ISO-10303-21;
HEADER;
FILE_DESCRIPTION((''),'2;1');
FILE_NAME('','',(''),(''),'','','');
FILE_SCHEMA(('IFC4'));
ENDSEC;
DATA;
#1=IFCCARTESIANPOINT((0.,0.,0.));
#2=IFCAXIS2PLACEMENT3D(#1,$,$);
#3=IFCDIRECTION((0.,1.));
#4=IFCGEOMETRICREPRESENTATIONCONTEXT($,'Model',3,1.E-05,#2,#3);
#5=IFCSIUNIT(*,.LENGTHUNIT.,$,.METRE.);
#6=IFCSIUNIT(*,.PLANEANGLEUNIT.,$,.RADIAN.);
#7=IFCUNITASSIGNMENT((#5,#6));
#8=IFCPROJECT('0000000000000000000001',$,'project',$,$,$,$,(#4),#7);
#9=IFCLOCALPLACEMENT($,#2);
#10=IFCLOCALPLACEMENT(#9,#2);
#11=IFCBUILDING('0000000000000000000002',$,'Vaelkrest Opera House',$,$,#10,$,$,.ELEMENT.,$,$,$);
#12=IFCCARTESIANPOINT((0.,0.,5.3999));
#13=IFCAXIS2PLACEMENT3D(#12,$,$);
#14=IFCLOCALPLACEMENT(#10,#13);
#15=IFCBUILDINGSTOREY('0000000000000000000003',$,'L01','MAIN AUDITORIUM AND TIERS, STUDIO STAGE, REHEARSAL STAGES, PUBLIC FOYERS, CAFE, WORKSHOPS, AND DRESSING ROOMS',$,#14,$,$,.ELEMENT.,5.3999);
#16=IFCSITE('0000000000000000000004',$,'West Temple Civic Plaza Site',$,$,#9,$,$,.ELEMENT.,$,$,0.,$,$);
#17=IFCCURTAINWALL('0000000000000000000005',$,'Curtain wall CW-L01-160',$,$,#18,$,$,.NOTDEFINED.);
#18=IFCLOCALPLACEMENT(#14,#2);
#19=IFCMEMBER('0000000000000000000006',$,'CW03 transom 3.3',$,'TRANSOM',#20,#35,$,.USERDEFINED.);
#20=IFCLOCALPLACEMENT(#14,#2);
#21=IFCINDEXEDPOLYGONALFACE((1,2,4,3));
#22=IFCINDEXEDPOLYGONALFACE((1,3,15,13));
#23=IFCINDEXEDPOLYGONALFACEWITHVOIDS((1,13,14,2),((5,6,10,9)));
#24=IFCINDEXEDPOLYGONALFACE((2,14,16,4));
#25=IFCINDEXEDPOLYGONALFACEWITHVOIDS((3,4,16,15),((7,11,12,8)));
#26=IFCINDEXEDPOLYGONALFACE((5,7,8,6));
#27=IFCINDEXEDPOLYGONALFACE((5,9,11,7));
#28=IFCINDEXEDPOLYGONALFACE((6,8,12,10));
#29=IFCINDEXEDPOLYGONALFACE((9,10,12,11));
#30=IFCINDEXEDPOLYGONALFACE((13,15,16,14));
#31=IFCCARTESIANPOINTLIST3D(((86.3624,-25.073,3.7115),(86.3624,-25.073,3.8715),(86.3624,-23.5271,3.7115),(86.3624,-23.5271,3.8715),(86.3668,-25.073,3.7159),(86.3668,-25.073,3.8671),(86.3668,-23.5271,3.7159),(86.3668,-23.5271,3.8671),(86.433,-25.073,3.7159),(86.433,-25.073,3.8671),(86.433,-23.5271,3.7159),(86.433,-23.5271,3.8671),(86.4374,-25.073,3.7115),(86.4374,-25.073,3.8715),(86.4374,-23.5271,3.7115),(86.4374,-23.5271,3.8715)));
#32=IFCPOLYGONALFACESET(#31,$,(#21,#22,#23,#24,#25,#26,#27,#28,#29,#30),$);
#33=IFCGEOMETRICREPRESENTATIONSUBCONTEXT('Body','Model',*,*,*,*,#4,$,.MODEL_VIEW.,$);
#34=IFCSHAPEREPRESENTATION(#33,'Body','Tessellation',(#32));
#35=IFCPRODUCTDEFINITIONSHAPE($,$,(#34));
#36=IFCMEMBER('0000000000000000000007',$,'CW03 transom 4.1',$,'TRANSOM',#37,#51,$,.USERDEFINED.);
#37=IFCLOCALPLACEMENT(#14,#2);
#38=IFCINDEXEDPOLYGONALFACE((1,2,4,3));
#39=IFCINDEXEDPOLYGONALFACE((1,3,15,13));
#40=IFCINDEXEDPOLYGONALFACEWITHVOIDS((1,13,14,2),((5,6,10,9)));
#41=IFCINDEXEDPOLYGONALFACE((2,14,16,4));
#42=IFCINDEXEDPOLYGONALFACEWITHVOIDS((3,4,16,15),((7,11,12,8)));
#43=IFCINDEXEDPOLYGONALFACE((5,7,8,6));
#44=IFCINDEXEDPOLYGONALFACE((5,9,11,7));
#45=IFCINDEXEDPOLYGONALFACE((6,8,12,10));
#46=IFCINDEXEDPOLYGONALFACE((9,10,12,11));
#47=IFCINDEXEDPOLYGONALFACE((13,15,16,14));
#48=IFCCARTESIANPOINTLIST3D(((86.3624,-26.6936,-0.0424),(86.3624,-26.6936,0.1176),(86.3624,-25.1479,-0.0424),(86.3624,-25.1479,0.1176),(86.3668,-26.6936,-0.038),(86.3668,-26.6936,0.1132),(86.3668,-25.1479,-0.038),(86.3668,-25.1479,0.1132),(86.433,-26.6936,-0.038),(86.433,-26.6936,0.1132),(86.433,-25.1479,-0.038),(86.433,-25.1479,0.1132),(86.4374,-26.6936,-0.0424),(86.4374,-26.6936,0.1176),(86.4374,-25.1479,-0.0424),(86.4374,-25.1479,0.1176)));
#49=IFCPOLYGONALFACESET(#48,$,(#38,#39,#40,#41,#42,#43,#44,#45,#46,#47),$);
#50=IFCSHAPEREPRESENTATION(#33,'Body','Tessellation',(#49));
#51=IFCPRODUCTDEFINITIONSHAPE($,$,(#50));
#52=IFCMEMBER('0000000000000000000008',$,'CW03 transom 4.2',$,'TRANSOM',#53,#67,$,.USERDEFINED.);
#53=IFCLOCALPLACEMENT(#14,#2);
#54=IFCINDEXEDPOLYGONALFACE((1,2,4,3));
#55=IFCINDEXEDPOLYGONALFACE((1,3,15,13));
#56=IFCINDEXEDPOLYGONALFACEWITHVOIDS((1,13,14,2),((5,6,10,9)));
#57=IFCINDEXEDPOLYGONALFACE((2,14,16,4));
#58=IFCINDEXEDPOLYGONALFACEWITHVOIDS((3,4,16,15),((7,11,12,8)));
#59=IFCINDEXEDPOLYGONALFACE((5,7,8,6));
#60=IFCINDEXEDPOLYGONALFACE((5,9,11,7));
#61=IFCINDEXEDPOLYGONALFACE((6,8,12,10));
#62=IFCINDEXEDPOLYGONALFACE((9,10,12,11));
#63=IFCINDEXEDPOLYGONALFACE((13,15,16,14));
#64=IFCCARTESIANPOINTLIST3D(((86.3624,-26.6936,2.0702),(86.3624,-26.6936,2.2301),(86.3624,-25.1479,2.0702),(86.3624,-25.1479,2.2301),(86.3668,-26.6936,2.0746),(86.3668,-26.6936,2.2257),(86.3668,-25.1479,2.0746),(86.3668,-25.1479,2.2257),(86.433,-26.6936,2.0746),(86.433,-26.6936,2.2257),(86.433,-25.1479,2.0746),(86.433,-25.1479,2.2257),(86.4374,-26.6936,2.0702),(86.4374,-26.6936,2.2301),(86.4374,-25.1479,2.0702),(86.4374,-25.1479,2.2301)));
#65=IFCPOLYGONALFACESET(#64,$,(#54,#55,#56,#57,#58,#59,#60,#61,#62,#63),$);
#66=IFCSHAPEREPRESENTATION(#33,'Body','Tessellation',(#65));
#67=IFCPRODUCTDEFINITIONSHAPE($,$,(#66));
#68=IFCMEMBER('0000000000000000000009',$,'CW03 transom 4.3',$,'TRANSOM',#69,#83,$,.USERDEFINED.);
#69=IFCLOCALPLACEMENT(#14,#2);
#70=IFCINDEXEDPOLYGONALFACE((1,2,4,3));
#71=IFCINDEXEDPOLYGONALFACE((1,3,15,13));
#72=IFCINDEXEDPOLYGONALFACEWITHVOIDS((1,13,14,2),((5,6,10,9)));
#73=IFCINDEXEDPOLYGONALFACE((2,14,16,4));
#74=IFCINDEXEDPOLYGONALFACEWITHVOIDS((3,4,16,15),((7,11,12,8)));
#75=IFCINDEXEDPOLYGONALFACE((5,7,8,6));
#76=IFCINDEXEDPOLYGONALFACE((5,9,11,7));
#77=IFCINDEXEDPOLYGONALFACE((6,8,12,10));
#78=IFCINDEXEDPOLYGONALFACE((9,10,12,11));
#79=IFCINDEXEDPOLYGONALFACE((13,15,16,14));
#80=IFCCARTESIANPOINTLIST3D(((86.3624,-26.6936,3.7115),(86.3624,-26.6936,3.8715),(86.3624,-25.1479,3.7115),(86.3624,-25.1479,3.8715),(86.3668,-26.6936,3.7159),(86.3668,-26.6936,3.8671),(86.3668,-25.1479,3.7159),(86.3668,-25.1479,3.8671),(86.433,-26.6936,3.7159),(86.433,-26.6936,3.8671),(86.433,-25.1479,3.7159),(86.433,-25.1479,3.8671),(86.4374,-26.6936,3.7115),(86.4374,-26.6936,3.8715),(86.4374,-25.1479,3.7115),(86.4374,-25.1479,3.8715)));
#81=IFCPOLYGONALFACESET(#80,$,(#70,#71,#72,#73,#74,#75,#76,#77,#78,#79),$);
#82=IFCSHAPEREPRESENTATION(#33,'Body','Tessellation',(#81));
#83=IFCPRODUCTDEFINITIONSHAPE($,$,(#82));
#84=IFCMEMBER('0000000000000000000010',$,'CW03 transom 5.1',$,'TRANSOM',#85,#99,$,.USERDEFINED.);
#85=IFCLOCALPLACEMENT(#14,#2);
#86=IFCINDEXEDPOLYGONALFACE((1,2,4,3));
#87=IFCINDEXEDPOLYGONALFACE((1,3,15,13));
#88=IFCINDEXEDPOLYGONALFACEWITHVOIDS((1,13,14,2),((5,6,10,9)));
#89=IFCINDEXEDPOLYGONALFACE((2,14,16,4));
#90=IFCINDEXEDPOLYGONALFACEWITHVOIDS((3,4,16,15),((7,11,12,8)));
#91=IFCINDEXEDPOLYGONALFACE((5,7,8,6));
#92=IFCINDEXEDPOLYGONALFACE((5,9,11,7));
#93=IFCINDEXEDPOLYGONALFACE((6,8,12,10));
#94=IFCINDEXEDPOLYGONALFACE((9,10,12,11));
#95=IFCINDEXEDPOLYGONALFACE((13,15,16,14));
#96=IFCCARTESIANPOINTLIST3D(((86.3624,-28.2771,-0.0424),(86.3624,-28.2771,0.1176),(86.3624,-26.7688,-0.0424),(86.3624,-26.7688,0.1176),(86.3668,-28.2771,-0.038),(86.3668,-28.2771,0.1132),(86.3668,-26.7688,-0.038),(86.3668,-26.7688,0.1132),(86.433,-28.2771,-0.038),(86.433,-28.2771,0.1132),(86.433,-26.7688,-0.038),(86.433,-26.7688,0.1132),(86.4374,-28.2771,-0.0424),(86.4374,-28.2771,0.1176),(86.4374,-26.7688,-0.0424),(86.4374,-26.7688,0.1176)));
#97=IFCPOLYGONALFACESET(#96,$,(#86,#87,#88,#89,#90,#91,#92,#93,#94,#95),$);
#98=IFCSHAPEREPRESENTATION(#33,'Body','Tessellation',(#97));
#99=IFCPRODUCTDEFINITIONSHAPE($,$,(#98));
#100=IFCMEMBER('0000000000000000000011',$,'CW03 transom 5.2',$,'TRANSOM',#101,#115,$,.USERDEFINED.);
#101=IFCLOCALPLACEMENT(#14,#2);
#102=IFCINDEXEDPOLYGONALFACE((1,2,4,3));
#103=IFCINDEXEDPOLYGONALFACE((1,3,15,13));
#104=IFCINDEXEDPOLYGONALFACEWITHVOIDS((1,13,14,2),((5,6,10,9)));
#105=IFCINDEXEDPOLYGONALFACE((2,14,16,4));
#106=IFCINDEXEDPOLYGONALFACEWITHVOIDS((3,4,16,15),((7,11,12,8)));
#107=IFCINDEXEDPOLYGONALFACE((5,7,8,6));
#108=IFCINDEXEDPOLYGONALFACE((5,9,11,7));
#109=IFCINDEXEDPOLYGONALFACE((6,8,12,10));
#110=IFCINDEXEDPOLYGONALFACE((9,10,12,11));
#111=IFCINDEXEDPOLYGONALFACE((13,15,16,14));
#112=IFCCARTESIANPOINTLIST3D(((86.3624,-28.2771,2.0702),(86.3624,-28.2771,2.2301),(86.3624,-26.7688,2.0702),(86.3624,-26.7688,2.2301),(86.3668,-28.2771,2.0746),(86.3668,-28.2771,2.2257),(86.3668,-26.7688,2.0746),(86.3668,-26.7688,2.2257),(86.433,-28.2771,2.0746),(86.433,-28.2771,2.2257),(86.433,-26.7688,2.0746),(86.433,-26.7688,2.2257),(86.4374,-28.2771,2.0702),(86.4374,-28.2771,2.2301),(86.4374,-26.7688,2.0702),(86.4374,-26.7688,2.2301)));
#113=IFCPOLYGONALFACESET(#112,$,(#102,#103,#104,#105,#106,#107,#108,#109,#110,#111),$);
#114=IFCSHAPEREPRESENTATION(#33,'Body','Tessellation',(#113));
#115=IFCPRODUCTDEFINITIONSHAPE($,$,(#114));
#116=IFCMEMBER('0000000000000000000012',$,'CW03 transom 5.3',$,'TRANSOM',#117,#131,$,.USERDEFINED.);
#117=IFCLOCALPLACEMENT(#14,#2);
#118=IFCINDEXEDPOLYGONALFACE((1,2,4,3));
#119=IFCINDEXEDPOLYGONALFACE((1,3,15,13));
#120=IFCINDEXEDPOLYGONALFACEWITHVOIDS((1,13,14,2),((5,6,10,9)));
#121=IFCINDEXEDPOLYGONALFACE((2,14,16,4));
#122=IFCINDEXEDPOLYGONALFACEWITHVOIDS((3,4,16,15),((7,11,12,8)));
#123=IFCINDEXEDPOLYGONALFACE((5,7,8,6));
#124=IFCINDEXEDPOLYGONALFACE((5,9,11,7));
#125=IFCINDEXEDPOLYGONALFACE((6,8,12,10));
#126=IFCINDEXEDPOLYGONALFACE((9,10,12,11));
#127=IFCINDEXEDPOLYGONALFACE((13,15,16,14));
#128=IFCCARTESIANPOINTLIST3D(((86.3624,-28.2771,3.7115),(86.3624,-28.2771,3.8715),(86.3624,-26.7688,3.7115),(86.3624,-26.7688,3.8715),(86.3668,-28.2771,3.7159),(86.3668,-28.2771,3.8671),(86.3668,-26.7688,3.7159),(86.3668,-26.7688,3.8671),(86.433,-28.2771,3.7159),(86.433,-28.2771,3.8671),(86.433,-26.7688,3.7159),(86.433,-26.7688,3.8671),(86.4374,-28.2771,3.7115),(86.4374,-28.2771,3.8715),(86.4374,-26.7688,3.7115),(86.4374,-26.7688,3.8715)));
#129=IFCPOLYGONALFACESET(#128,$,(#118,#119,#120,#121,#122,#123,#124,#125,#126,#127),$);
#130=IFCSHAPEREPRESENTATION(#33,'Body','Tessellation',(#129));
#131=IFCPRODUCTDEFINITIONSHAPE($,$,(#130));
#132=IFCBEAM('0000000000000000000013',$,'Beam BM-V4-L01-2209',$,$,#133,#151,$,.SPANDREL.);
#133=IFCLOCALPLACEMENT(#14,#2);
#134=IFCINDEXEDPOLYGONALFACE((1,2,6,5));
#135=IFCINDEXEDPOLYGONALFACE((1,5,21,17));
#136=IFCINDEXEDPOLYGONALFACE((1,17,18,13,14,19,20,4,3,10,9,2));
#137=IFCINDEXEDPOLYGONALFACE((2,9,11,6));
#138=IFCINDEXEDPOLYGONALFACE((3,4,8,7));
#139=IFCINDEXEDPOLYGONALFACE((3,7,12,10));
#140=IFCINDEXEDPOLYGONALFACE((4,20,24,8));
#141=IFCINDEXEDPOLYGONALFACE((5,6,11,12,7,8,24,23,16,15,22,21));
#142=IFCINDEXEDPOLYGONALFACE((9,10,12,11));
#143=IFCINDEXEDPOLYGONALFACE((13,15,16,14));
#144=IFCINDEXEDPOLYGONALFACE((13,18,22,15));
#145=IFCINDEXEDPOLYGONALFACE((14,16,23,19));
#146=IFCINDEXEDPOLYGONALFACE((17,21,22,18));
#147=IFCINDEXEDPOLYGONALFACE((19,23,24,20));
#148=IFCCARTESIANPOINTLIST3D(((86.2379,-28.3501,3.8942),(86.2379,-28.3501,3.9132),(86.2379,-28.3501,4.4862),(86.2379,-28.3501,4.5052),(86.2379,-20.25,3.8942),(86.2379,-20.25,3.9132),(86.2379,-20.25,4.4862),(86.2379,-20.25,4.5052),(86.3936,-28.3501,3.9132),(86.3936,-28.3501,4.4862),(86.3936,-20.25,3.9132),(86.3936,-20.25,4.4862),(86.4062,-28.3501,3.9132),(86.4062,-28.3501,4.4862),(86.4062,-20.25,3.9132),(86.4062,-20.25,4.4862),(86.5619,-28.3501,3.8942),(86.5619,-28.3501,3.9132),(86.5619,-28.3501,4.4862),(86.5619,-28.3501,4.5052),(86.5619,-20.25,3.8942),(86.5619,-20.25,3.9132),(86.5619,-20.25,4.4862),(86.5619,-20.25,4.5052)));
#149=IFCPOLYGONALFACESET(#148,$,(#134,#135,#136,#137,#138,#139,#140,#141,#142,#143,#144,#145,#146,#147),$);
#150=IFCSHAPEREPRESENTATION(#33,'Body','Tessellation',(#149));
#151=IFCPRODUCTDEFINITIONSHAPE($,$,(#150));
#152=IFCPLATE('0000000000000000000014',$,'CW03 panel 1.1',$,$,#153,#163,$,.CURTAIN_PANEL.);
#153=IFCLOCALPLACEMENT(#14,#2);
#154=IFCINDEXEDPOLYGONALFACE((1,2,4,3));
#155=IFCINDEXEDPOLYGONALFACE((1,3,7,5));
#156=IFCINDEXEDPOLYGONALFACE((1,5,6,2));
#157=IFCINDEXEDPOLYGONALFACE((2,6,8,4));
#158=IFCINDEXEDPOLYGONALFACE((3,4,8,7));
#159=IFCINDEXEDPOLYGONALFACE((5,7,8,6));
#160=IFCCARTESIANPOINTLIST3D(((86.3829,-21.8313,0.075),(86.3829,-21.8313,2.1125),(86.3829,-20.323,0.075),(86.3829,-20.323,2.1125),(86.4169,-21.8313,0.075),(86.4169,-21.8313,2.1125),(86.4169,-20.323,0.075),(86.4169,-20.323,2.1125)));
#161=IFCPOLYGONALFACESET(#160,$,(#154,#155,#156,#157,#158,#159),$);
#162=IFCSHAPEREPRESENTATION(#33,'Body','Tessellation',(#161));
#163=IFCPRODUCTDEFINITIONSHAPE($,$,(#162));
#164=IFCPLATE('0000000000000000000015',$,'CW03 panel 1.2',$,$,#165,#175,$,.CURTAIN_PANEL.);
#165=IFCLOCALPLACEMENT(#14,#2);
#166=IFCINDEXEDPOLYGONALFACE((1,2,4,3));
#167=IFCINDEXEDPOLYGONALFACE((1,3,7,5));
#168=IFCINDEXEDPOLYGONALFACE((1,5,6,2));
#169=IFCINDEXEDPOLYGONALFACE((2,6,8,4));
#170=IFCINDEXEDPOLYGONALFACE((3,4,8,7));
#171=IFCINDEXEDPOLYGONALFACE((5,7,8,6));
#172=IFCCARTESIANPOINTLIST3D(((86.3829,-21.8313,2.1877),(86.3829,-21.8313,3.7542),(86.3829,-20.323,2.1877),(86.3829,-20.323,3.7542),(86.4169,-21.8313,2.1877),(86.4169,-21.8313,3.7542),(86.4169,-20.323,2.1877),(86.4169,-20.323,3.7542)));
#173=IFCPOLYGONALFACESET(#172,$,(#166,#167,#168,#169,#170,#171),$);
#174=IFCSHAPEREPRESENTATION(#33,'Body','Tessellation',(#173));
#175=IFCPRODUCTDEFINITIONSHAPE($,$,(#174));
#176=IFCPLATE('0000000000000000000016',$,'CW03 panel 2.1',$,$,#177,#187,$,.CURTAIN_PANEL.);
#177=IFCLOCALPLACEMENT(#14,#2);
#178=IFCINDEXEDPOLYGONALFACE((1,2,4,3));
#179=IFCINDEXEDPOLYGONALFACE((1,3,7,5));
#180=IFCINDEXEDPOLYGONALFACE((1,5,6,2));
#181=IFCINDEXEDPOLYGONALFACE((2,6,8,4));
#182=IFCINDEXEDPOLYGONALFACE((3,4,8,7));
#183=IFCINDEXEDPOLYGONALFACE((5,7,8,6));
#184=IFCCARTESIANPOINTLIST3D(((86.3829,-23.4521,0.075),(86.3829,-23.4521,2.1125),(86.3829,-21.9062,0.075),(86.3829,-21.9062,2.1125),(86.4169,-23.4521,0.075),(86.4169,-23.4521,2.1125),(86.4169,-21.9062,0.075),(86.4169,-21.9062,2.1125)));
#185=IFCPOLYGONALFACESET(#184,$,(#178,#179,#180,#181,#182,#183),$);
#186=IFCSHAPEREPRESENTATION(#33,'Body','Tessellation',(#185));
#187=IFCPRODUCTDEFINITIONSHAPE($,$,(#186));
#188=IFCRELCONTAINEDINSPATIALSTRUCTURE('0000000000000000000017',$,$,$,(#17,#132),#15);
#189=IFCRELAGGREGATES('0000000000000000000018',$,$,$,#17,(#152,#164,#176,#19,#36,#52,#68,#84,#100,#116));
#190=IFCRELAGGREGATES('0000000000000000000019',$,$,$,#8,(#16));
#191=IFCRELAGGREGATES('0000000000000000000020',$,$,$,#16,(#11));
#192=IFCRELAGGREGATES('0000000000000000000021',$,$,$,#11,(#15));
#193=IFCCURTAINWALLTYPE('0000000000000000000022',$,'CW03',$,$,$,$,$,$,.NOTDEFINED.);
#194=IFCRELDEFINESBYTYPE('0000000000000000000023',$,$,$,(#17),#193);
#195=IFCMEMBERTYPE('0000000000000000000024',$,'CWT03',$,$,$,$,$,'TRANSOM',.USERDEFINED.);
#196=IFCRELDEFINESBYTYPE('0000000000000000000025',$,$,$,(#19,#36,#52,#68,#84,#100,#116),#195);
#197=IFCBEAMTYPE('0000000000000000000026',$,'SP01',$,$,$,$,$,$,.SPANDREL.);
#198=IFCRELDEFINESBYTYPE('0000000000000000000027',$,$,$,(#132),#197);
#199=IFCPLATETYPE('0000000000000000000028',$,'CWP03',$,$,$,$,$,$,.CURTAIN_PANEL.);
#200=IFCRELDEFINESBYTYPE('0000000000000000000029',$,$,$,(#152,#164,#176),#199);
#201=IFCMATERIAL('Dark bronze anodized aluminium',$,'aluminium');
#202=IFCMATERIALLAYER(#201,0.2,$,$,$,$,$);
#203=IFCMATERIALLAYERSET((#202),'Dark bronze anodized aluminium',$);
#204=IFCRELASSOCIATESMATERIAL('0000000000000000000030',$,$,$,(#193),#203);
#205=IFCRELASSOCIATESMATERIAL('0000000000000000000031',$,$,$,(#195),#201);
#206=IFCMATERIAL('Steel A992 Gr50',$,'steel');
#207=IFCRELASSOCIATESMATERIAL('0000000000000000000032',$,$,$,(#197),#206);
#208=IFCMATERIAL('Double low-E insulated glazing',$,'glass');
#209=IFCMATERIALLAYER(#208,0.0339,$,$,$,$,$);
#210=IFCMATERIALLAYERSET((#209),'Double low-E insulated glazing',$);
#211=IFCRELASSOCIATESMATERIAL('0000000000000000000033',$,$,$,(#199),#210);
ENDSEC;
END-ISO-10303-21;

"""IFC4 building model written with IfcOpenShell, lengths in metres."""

from ifc_helpers import new_model, si_unit, direction, frame, origin, origin_2d, place, context, subcontext, project, spatial, rectangle, hollow_rectangle, i_section, extrude, material, layer, layer_set, material_profile, profile_set, type_object, element, aggregate, save


model = new_model("IFC4")

# Units and contexts
model_context = context("Model", 3, precision=1e-05, world=origin(), true_north=direction((0.0, 1.0)))
body_context = subcontext(model_context, "Body", "Model", "MODEL_VIEW")
ifc_project = project(units=[si_unit("LENGTHUNIT", "METRE"), si_unit("PLANEANGLEUNIT", "RADIAN")], contexts=[model_context])

# Site, building, storey
site_placement = place(None, origin())
site = spatial("IfcSite", under=ifc_project, at=site_placement, Name="West Temple Civic Plaza Site", CompositionType="ELEMENT", RefElevation=0.0)
building_placement = place(site_placement, origin())
building = spatial("IfcBuilding", under=site, at=building_placement, Name="Vaelkrest Opera House", CompositionType="ELEMENT")
storey_placement = place(building_placement, frame((0.0, 0.0, 5.3999)))
storey = spatial("IfcBuildingStorey", under=building, at=storey_placement, Name="L01", Description="MAIN AUDITORIUM AND TIERS, STUDIO STAGE, REHEARSAL STAGES, PUBLIC FOYERS, CAFE, WORKSHOPS, AND DRESSING ROOMS", CompositionType="ELEMENT", Elevation=5.3999)

# Curtain wall, members
ifc_material_1 = material(Name="Dark bronze anodized aluminium", Category="aluminium")
ifc_layer_1 = layer(ifc_material_1, 0.2)
ifc_layer_set_1 = layer_set([ifc_layer_1], Name="Dark bronze anodized aluminium")
curtain_wall_type = type_object("IfcCurtainWallType", Name="CW03", PredefinedType="NOTDEFINED", material=ifc_layer_set_1)
curtain_wall_placement = place(storey_placement, origin())
curtain_wall = element("IfcCurtainWall", 1, at=curtain_wall_placement, inside=storey, type_object=curtain_wall_type, Name="Curtain wall CW-L01-160", PredefinedType="NOTDEFINED")
ifc_material_profile_1 = material_profile(ifc_material_1, hollow_rectangle(XDim=0.075, YDim=0.1599, WallThickness=0.0044, at=origin_2d()), Name="CWT75X160")
ifc_profile_set_1 = profile_set([ifc_material_profile_1], Name="Dark bronze anodized aluminium")
member_type_1 = type_object("IfcMemberType", Name="CWT03", ElementType="TRANSOM", PredefinedType="USERDEFINED", material=ifc_profile_set_1)
member_1_placement = place(storey_placement, frame((86.3999, -23.5271, 3.7915), z_axis=(0.0, -1.0, 0.0), x_axis=(1.0, 0.0, 0.0)))
member_1 = element("IfcMember", 2, at=member_1_placement, type_object=member_type_1, Name="CW03 transom 3.3", ObjectType="TRANSOM", PredefinedType="USERDEFINED", context=body_context, shape_type="SweptSolid", body=[
    extrude(hollow_rectangle(XDim=0.075, YDim=0.1599, WallThickness=0.0044, at=origin_2d()), origin(), (0.0, 0.0, 1.0), 1.5459),
])
member_2_placement = place(storey_placement, frame((86.3999, -25.1479, 0.0376), z_axis=(0.0, -1.0, 0.0), x_axis=(1.0, 0.0, 0.0)))
member_2 = element("IfcMember", 3, at=member_2_placement, type_object=member_type_1, Name="CW03 transom 4.1", ObjectType="TRANSOM", PredefinedType="USERDEFINED", context=body_context, shape_type="SweptSolid", body=[
    extrude(hollow_rectangle(XDim=0.075, YDim=0.1599, WallThickness=0.0044, at=origin_2d()), origin(), (0.0, 0.0, 1.0), 1.5457),
])
member_3_placement = place(storey_placement, frame((86.3999, -25.1479, 2.1501), z_axis=(0.0, -1.0, 0.0), x_axis=(1.0, 0.0, 0.0)))
member_3 = element("IfcMember", 4, at=member_3_placement, type_object=member_type_1, Name="CW03 transom 4.2", ObjectType="TRANSOM", PredefinedType="USERDEFINED", context=body_context, shape_type="SweptSolid", body=[
    extrude(hollow_rectangle(XDim=0.075, YDim=0.1599, WallThickness=0.0044, at=origin_2d()), origin(), (0.0, 0.0, 1.0), 1.5457),
])
member_4_placement = place(storey_placement, frame((86.3999, -25.1479, 3.7915), z_axis=(0.0, -1.0, 0.0), x_axis=(1.0, 0.0, 0.0)))
member_4 = element("IfcMember", 5, at=member_4_placement, type_object=member_type_1, Name="CW03 transom 4.3", ObjectType="TRANSOM", PredefinedType="USERDEFINED", context=body_context, shape_type="SweptSolid", body=[
    extrude(hollow_rectangle(XDim=0.075, YDim=0.1599, WallThickness=0.0044, at=origin_2d()), origin(), (0.0, 0.0, 1.0), 1.5457),
])
member_5_placement = place(storey_placement, frame((86.3999, -26.7688, 0.0376), z_axis=(0.0, -1.0, 0.0), x_axis=(1.0, 0.0, 0.0)))
member_5 = element("IfcMember", 6, at=member_5_placement, type_object=member_type_1, Name="CW03 transom 5.1", ObjectType="TRANSOM", PredefinedType="USERDEFINED", context=body_context, shape_type="SweptSolid", body=[
    extrude(hollow_rectangle(XDim=0.075, YDim=0.1599, WallThickness=0.0044, at=origin_2d()), origin(), (0.0, 0.0, 1.0), 1.5083),
])
member_6_placement = place(storey_placement, frame((86.3999, -26.7688, 2.1501), z_axis=(0.0, -1.0, 0.0), x_axis=(1.0, 0.0, 0.0)))
member_6 = element("IfcMember", 7, at=member_6_placement, type_object=member_type_1, Name="CW03 transom 5.2", ObjectType="TRANSOM", PredefinedType="USERDEFINED", context=body_context, shape_type="SweptSolid", body=[
    extrude(hollow_rectangle(XDim=0.075, YDim=0.1599, WallThickness=0.0044, at=origin_2d()), origin(), (0.0, 0.0, 1.0), 1.5083),
])
member_7_placement = place(storey_placement, frame((86.3999, -26.7688, 3.7915), z_axis=(0.0, -1.0, 0.0), x_axis=(1.0, 0.0, 0.0)))
member_7 = element("IfcMember", 8, at=member_7_placement, type_object=member_type_1, Name="CW03 transom 5.3", ObjectType="TRANSOM", PredefinedType="USERDEFINED", context=body_context, shape_type="SweptSolid", body=[
    extrude(hollow_rectangle(XDim=0.075, YDim=0.1599, WallThickness=0.0044, at=origin_2d()), origin(), (0.0, 0.0, 1.0), 1.5083),
])

# Beam
ifc_material_2 = material(Name="Steel A992 Gr50", Category="steel")
ifc_material_profile_2 = material_profile(ifc_material_2, i_section(OverallWidth=0.324, OverallDepth=0.6111, WebThickness=0.0127, FlangeThickness=0.019, at=origin_2d()), Name="W24X104")
ifc_profile_set_2 = profile_set([ifc_material_profile_2], Name="Steel A992 Gr50")
beam_type = type_object("IfcBeamType", Name="SP01", PredefinedType="SPANDREL", material=ifc_profile_set_2)
beam_placement = place(storey_placement, frame((86.3999, -28.3501, 4.1997), z_axis=(0.0, 1.0, 0.0), x_axis=(-1.0, 0.0, 0.0)))
element("IfcBeam", 9, at=beam_placement, inside=storey, type_object=beam_type, Name="Beam BM-V4-L01-2209", PredefinedType="SPANDREL", context=body_context, shape_type="SweptSolid", body=[
    extrude(i_section(OverallWidth=0.324, OverallDepth=0.6111, WebThickness=0.0127, FlangeThickness=0.019, at=origin_2d()), origin(), (0.0, 0.0, 1.0), 8.1001),
])

# Plates
ifc_material_3 = material(Name="Double low-E insulated glazing", Category="glass")
ifc_layer_2 = layer(ifc_material_3, 0.0339)
ifc_layer_set_2 = layer_set([ifc_layer_2], Name="Double low-E insulated glazing")
plate_type = type_object("IfcPlateType", Name="CWP03", PredefinedType="CURTAIN_PANEL", material=ifc_layer_set_2)
plate_1_placement = place(storey_placement, frame((86.3999, -21.0771, 0.075), z_axis=(0.0, 0.0, 1.0), x_axis=(0.0, -1.0, 0.0)))
plate_1 = element("IfcPlate", 10, at=plate_1_placement, type_object=plate_type, Name="CW03 panel 1.1", PredefinedType="CURTAIN_PANEL", context=body_context, shape_type="SweptSolid", body=[
    extrude(rectangle(XDim=1.5083, YDim=0.0339, at=origin_2d()), origin(), (0.0, 0.0, 1.0), 2.0376),
])
plate_2_placement = place(storey_placement, frame((86.3999, -21.0771, 2.1877), z_axis=(0.0, 0.0, 1.0), x_axis=(0.0, -1.0, 0.0)))
plate_2 = element("IfcPlate", 11, at=plate_2_placement, type_object=plate_type, Name="CW03 panel 1.2", PredefinedType="CURTAIN_PANEL", context=body_context, shape_type="SweptSolid", body=[
    extrude(rectangle(XDim=1.5083, YDim=0.0339, at=origin_2d()), origin(), (0.0, 0.0, 1.0), 1.5664),
])
plate_3_placement = place(storey_placement, frame((86.3999, -22.6792, 0.075), z_axis=(0.0, 0.0, 1.0), x_axis=(0.0, -1.0, 0.0)))
plate_3 = element("IfcPlate", 12, at=plate_3_placement, type_object=plate_type, Name="CW03 panel 2.1", PredefinedType="CURTAIN_PANEL", context=body_context, shape_type="SweptSolid", body=[
    extrude(rectangle(XDim=1.5459, YDim=0.0339, at=origin_2d()), origin(), (0.0, 0.0, 1.0), 2.0376),
])
aggregate(curtain_wall, [plate_1, plate_2, plate_3, member_1, member_2, member_3, member_4, member_5, member_6, member_7])

save(model, "model.ifc")
